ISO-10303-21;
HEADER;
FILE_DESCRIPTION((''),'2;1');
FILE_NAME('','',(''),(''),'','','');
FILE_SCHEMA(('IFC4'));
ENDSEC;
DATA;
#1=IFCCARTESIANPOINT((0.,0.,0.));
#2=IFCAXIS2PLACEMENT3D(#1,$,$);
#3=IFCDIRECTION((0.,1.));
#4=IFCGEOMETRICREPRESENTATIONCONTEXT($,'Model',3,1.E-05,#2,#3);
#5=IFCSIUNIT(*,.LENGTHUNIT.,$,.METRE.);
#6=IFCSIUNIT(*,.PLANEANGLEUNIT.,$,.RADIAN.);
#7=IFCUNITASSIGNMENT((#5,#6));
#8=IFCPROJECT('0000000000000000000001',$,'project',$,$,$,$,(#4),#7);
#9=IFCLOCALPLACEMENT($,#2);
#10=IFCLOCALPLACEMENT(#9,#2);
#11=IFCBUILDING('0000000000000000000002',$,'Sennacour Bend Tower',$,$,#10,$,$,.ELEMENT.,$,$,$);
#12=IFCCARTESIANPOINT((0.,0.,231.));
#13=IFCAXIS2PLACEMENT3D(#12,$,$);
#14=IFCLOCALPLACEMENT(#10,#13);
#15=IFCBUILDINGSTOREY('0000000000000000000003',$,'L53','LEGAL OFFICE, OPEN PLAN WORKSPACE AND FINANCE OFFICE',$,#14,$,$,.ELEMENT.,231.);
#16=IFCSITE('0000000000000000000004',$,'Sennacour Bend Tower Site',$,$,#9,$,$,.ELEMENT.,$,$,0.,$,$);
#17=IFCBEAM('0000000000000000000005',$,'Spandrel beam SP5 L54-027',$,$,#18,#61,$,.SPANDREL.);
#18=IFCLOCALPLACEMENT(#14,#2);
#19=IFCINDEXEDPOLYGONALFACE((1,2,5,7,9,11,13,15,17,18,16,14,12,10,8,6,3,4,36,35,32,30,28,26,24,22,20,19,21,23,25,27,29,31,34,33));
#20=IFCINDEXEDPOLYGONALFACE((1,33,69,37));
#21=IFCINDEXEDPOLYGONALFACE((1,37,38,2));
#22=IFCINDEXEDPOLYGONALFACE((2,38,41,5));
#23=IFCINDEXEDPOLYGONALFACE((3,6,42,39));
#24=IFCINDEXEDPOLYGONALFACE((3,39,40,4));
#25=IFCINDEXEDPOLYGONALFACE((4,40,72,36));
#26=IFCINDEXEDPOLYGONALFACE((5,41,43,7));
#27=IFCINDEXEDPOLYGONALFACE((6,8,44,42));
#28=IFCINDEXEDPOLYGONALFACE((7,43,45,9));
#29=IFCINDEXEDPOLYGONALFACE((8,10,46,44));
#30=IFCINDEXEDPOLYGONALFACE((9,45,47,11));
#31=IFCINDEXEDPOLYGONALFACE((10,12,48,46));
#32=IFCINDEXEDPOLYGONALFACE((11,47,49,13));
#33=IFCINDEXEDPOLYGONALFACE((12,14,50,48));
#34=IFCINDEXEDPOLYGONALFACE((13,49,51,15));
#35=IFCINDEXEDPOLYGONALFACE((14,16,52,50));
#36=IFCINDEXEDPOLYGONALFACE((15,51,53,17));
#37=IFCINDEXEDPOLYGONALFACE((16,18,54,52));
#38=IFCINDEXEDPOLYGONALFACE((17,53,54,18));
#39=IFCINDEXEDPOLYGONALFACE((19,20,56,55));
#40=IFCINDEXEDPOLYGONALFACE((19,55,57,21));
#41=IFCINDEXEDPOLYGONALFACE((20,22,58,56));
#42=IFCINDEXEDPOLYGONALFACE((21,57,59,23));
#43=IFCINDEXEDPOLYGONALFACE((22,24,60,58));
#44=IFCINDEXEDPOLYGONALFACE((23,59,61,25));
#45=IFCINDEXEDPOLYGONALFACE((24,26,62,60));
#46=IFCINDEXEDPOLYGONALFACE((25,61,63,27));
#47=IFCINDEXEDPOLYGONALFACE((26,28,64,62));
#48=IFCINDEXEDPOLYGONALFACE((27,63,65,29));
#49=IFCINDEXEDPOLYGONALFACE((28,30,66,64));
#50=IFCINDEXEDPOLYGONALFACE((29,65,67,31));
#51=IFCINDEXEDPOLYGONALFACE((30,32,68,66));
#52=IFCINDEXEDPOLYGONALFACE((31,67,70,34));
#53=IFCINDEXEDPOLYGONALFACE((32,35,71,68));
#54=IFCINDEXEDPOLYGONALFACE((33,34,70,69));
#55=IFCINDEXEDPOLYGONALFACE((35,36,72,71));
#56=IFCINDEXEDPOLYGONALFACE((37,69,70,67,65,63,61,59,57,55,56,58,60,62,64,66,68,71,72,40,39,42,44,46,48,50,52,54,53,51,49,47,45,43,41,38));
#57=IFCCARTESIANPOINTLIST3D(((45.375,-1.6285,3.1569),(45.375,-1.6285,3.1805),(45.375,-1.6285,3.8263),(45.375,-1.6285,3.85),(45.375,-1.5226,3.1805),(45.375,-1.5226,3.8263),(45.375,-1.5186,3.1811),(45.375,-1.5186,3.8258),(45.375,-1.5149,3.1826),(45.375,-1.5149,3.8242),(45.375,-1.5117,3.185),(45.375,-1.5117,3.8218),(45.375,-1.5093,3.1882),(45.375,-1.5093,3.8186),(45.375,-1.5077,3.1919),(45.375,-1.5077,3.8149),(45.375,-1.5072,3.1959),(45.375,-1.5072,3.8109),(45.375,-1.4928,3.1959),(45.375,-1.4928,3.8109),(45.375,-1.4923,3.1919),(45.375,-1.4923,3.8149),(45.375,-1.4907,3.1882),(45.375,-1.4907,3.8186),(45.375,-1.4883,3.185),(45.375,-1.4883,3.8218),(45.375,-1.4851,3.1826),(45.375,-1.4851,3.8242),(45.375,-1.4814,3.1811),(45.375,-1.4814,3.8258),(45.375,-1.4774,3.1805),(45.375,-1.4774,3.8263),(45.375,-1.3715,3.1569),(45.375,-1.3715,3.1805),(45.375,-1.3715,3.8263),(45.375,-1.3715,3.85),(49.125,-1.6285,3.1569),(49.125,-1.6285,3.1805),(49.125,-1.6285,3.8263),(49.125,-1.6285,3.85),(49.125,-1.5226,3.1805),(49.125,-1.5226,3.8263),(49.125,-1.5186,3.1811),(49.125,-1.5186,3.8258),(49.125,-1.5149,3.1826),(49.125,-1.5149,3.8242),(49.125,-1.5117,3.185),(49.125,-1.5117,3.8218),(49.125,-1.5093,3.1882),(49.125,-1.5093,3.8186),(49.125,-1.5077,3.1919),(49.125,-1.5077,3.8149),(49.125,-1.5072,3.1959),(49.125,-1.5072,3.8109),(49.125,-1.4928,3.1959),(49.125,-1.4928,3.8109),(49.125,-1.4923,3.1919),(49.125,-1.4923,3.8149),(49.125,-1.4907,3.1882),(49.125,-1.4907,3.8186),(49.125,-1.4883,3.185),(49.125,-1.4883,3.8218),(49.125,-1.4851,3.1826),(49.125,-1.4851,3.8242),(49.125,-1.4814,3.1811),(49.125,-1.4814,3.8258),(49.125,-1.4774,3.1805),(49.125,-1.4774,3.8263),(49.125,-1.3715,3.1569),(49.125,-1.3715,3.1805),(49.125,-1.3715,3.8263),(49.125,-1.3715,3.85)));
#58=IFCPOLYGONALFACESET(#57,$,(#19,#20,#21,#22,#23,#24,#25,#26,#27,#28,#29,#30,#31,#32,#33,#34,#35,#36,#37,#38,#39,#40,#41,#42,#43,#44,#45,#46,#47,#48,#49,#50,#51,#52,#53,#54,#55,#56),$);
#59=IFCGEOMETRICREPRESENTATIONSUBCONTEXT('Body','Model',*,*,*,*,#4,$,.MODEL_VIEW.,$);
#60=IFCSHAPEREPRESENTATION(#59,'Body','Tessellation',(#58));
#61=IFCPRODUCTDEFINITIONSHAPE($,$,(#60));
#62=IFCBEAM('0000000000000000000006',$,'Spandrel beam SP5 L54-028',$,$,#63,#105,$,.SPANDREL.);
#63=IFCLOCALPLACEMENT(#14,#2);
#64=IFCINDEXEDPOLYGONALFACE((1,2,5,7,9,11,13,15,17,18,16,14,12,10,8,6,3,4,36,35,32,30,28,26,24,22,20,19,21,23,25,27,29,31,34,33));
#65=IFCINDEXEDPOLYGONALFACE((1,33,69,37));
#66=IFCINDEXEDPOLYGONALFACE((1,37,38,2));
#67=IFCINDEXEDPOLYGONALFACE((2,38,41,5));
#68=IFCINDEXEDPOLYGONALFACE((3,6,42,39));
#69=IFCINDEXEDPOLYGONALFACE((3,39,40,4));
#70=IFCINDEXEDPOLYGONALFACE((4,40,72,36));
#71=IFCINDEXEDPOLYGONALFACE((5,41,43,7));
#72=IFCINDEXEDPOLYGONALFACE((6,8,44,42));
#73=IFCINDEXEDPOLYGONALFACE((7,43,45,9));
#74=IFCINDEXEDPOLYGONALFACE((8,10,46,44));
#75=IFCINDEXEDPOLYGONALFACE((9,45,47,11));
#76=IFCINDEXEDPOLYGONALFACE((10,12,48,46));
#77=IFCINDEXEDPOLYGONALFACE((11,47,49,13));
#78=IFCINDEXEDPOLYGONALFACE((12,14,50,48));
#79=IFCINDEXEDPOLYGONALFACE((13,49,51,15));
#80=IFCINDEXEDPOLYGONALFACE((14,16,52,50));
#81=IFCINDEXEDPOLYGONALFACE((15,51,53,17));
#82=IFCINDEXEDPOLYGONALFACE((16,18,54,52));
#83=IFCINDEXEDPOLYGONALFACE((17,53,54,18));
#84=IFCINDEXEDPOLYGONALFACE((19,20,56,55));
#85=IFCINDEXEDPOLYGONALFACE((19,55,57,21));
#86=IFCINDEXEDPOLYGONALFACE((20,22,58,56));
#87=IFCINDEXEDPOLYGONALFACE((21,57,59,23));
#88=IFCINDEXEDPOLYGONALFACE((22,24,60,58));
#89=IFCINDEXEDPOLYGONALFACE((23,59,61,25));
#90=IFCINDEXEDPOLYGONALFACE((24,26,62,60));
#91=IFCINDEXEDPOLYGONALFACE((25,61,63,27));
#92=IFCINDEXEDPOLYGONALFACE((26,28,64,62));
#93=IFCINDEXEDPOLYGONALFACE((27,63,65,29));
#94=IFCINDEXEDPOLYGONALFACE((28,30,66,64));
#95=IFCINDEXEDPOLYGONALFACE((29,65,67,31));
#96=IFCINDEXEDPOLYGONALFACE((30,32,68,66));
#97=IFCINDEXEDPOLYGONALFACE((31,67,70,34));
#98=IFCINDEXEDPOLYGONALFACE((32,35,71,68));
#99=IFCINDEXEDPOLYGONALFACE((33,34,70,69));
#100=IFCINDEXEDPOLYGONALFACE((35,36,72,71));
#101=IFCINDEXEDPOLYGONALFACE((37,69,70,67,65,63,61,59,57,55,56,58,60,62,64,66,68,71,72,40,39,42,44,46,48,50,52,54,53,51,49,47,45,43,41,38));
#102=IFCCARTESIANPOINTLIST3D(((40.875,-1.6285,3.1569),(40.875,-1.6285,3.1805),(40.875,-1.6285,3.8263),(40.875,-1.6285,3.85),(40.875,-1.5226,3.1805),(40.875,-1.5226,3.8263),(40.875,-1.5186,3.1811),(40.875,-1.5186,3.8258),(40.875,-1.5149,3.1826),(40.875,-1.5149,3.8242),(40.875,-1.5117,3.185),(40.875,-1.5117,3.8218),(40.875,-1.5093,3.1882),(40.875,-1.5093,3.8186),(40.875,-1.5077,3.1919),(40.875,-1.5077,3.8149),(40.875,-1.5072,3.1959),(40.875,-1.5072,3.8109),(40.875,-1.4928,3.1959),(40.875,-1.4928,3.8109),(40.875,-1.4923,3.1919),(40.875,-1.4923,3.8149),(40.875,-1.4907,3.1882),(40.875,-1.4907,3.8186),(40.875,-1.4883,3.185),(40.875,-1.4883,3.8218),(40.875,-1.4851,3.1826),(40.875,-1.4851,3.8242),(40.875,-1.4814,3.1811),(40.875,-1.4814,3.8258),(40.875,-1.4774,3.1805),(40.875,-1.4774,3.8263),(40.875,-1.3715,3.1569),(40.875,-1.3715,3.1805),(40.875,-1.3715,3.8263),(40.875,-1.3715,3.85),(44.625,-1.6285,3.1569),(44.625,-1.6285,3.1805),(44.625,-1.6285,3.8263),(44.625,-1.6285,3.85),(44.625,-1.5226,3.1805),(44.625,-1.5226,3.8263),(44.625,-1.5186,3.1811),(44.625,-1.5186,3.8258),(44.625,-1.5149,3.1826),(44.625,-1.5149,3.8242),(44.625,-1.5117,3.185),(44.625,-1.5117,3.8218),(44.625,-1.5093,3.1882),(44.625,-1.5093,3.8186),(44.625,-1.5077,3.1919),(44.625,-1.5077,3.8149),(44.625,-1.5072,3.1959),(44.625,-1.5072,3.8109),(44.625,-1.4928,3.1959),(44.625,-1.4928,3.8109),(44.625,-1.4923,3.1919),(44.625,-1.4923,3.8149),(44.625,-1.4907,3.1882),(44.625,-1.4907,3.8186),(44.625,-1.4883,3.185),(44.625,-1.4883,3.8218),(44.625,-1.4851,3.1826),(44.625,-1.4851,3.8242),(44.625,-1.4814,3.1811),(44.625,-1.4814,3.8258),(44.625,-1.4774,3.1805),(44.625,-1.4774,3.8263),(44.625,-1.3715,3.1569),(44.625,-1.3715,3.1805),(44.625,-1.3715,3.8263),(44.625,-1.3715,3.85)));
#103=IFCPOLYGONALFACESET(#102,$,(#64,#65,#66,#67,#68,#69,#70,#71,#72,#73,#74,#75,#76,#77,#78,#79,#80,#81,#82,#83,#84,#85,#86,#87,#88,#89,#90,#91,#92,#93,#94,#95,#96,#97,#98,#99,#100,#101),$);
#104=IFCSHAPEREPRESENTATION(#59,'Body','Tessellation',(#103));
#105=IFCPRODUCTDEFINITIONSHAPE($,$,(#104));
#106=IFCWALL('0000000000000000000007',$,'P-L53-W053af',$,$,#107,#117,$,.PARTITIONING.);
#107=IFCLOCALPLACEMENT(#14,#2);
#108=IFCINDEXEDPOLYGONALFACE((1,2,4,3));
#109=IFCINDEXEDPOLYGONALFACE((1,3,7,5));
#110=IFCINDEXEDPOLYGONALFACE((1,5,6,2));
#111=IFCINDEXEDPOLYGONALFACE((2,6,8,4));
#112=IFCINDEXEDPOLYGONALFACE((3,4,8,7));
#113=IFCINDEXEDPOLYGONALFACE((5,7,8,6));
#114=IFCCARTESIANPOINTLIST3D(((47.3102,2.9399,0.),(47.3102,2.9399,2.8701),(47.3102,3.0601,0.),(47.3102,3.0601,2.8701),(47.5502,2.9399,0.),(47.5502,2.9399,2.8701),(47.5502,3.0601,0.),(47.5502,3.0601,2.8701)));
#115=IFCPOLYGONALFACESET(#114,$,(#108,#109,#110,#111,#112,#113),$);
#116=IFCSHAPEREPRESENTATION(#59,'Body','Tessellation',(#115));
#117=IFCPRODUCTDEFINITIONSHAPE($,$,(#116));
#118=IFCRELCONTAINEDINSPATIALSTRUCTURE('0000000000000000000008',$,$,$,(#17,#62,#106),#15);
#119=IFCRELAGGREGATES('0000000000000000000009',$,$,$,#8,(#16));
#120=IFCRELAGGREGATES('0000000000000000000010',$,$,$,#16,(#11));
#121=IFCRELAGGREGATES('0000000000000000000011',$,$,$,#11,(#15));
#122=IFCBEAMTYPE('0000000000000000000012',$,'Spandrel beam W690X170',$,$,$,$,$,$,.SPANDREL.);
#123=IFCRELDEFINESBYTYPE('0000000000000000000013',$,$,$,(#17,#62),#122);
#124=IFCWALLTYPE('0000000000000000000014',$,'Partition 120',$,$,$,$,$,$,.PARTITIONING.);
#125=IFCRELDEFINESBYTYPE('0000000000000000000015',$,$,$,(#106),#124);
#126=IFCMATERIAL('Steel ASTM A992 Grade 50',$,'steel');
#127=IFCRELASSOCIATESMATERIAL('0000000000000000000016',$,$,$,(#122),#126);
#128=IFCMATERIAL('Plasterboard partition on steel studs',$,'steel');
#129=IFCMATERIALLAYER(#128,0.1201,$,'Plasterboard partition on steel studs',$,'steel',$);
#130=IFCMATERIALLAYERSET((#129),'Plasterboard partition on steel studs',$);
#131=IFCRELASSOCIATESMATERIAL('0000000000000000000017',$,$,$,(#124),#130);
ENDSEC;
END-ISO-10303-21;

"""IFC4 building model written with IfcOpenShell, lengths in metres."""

from ifc_helpers import new_model, si_unit, direction, frame, frame_2d, origin, origin_2d, place, context, subcontext, project, spatial, rectangle, i_section, extrude, material, layer, layer_set, material_profile, profile_set, type_object, element, save


model = new_model("IFC4")

# Units and contexts
model_context = context("Model", 3, precision=1e-05, world=origin(), true_north=direction((0.0, 1.0)))
body_context = subcontext(model_context, "Body", "Model", "MODEL_VIEW")
ifc_project = project(units=[si_unit("LENGTHUNIT", "METRE"), si_unit("PLANEANGLEUNIT", "RADIAN")], contexts=[model_context])

# Site, building, storey
site_placement = place(None, origin())
site = spatial("IfcSite", under=ifc_project, at=site_placement, Name="Sennacour Bend Tower Site", CompositionType="ELEMENT", RefElevation=0.0)
building_placement = place(site_placement, origin())
building = spatial("IfcBuilding", under=site, at=building_placement, Name="Sennacour Bend Tower", CompositionType="ELEMENT")
storey_placement = place(building_placement, frame((0.0, 0.0, 231.0)))
storey = spatial("IfcBuildingStorey", under=building, at=storey_placement, Name="L53", Description="LEGAL OFFICE, OPEN PLAN WORKSPACE AND FINANCE OFFICE", CompositionType="ELEMENT", Elevation=231.0)

# Beams
ifc_material_1 = material(Name="Steel ASTM A992 Grade 50", Category="steel")
ifc_material_profile_1 = material_profile(ifc_material_1, i_section(OverallWidth=0.2571, OverallDepth=0.6931, WebThickness=0.0144, FlangeThickness=0.0237, FilletRadius=0.0154, at=origin_2d()), Name="Steel ASTM A992 Grade 50", Category="steel")
ifc_profile_set_1 = profile_set([ifc_material_profile_1], Name="Steel ASTM A992 Grade 50")
beam_type_1 = type_object("IfcBeamType", Name="Spandrel beam W690X170", PredefinedType="SPANDREL", material=ifc_profile_set_1)
for number, where, z_axis, x_axis, name in (
    (1, (49.125, -1.5, 3.5034), (-1.0, 0.0, 0.0), (0.0, -1.0, 0.0), "Spandrel beam SP5 L54-027"),
    (2, (44.625, -1.5, 3.5034), (-1.0, 0.0, 0.0), (0.0, -1.0, 0.0), "Spandrel beam SP5 L54-028"),
):
    element("IfcBeam", number, at=place(storey_placement, frame(where, z_axis=z_axis, x_axis=x_axis)), inside=storey, type_object=beam_type_1, Name=name, PredefinedType="SPANDREL", context=body_context, shape_type="SweptSolid", body=[
        extrude(i_section(OverallWidth=0.2571, OverallDepth=0.6931, WebThickness=0.0144, FlangeThickness=0.0237, FilletRadius=0.0154, at=origin_2d()), origin(), (0.0, 0.0, 1.0), 3.75),
    ])

# Wall
ifc_material_2 = material(Name="Plasterboard partition on steel studs", Category="steel")
ifc_layer_1 = layer(ifc_material_2, 0.1201, Name="Plasterboard partition on steel studs", Category="steel")
ifc_layer_set_1 = layer_set([ifc_layer_1], Name="Plasterboard partition on steel studs")
wall_type_1 = type_object("IfcWallType", Name="Partition 120", PredefinedType="PARTITIONING", material=ifc_layer_set_1)
wall_1_placement = place(storey_placement, frame((47.3101, 3.0, 0.0), z_axis=(0.0, 0.0, 1.0), x_axis=(1.0, 0.0, 0.0)))
element("IfcWall", 3, at=wall_1_placement, inside=storey, type_object=wall_type_1, Name="P-L53-W053af", PredefinedType="PARTITIONING", context=body_context, shape_type="SweptSolid", body=[
    extrude(rectangle(XDim=0.24, YDim=0.1201, at=frame_2d((0.1201, 0.0))), origin(), (0.0, 0.0, 1.0), 2.8701),
])

save(model, "model.ifc")
